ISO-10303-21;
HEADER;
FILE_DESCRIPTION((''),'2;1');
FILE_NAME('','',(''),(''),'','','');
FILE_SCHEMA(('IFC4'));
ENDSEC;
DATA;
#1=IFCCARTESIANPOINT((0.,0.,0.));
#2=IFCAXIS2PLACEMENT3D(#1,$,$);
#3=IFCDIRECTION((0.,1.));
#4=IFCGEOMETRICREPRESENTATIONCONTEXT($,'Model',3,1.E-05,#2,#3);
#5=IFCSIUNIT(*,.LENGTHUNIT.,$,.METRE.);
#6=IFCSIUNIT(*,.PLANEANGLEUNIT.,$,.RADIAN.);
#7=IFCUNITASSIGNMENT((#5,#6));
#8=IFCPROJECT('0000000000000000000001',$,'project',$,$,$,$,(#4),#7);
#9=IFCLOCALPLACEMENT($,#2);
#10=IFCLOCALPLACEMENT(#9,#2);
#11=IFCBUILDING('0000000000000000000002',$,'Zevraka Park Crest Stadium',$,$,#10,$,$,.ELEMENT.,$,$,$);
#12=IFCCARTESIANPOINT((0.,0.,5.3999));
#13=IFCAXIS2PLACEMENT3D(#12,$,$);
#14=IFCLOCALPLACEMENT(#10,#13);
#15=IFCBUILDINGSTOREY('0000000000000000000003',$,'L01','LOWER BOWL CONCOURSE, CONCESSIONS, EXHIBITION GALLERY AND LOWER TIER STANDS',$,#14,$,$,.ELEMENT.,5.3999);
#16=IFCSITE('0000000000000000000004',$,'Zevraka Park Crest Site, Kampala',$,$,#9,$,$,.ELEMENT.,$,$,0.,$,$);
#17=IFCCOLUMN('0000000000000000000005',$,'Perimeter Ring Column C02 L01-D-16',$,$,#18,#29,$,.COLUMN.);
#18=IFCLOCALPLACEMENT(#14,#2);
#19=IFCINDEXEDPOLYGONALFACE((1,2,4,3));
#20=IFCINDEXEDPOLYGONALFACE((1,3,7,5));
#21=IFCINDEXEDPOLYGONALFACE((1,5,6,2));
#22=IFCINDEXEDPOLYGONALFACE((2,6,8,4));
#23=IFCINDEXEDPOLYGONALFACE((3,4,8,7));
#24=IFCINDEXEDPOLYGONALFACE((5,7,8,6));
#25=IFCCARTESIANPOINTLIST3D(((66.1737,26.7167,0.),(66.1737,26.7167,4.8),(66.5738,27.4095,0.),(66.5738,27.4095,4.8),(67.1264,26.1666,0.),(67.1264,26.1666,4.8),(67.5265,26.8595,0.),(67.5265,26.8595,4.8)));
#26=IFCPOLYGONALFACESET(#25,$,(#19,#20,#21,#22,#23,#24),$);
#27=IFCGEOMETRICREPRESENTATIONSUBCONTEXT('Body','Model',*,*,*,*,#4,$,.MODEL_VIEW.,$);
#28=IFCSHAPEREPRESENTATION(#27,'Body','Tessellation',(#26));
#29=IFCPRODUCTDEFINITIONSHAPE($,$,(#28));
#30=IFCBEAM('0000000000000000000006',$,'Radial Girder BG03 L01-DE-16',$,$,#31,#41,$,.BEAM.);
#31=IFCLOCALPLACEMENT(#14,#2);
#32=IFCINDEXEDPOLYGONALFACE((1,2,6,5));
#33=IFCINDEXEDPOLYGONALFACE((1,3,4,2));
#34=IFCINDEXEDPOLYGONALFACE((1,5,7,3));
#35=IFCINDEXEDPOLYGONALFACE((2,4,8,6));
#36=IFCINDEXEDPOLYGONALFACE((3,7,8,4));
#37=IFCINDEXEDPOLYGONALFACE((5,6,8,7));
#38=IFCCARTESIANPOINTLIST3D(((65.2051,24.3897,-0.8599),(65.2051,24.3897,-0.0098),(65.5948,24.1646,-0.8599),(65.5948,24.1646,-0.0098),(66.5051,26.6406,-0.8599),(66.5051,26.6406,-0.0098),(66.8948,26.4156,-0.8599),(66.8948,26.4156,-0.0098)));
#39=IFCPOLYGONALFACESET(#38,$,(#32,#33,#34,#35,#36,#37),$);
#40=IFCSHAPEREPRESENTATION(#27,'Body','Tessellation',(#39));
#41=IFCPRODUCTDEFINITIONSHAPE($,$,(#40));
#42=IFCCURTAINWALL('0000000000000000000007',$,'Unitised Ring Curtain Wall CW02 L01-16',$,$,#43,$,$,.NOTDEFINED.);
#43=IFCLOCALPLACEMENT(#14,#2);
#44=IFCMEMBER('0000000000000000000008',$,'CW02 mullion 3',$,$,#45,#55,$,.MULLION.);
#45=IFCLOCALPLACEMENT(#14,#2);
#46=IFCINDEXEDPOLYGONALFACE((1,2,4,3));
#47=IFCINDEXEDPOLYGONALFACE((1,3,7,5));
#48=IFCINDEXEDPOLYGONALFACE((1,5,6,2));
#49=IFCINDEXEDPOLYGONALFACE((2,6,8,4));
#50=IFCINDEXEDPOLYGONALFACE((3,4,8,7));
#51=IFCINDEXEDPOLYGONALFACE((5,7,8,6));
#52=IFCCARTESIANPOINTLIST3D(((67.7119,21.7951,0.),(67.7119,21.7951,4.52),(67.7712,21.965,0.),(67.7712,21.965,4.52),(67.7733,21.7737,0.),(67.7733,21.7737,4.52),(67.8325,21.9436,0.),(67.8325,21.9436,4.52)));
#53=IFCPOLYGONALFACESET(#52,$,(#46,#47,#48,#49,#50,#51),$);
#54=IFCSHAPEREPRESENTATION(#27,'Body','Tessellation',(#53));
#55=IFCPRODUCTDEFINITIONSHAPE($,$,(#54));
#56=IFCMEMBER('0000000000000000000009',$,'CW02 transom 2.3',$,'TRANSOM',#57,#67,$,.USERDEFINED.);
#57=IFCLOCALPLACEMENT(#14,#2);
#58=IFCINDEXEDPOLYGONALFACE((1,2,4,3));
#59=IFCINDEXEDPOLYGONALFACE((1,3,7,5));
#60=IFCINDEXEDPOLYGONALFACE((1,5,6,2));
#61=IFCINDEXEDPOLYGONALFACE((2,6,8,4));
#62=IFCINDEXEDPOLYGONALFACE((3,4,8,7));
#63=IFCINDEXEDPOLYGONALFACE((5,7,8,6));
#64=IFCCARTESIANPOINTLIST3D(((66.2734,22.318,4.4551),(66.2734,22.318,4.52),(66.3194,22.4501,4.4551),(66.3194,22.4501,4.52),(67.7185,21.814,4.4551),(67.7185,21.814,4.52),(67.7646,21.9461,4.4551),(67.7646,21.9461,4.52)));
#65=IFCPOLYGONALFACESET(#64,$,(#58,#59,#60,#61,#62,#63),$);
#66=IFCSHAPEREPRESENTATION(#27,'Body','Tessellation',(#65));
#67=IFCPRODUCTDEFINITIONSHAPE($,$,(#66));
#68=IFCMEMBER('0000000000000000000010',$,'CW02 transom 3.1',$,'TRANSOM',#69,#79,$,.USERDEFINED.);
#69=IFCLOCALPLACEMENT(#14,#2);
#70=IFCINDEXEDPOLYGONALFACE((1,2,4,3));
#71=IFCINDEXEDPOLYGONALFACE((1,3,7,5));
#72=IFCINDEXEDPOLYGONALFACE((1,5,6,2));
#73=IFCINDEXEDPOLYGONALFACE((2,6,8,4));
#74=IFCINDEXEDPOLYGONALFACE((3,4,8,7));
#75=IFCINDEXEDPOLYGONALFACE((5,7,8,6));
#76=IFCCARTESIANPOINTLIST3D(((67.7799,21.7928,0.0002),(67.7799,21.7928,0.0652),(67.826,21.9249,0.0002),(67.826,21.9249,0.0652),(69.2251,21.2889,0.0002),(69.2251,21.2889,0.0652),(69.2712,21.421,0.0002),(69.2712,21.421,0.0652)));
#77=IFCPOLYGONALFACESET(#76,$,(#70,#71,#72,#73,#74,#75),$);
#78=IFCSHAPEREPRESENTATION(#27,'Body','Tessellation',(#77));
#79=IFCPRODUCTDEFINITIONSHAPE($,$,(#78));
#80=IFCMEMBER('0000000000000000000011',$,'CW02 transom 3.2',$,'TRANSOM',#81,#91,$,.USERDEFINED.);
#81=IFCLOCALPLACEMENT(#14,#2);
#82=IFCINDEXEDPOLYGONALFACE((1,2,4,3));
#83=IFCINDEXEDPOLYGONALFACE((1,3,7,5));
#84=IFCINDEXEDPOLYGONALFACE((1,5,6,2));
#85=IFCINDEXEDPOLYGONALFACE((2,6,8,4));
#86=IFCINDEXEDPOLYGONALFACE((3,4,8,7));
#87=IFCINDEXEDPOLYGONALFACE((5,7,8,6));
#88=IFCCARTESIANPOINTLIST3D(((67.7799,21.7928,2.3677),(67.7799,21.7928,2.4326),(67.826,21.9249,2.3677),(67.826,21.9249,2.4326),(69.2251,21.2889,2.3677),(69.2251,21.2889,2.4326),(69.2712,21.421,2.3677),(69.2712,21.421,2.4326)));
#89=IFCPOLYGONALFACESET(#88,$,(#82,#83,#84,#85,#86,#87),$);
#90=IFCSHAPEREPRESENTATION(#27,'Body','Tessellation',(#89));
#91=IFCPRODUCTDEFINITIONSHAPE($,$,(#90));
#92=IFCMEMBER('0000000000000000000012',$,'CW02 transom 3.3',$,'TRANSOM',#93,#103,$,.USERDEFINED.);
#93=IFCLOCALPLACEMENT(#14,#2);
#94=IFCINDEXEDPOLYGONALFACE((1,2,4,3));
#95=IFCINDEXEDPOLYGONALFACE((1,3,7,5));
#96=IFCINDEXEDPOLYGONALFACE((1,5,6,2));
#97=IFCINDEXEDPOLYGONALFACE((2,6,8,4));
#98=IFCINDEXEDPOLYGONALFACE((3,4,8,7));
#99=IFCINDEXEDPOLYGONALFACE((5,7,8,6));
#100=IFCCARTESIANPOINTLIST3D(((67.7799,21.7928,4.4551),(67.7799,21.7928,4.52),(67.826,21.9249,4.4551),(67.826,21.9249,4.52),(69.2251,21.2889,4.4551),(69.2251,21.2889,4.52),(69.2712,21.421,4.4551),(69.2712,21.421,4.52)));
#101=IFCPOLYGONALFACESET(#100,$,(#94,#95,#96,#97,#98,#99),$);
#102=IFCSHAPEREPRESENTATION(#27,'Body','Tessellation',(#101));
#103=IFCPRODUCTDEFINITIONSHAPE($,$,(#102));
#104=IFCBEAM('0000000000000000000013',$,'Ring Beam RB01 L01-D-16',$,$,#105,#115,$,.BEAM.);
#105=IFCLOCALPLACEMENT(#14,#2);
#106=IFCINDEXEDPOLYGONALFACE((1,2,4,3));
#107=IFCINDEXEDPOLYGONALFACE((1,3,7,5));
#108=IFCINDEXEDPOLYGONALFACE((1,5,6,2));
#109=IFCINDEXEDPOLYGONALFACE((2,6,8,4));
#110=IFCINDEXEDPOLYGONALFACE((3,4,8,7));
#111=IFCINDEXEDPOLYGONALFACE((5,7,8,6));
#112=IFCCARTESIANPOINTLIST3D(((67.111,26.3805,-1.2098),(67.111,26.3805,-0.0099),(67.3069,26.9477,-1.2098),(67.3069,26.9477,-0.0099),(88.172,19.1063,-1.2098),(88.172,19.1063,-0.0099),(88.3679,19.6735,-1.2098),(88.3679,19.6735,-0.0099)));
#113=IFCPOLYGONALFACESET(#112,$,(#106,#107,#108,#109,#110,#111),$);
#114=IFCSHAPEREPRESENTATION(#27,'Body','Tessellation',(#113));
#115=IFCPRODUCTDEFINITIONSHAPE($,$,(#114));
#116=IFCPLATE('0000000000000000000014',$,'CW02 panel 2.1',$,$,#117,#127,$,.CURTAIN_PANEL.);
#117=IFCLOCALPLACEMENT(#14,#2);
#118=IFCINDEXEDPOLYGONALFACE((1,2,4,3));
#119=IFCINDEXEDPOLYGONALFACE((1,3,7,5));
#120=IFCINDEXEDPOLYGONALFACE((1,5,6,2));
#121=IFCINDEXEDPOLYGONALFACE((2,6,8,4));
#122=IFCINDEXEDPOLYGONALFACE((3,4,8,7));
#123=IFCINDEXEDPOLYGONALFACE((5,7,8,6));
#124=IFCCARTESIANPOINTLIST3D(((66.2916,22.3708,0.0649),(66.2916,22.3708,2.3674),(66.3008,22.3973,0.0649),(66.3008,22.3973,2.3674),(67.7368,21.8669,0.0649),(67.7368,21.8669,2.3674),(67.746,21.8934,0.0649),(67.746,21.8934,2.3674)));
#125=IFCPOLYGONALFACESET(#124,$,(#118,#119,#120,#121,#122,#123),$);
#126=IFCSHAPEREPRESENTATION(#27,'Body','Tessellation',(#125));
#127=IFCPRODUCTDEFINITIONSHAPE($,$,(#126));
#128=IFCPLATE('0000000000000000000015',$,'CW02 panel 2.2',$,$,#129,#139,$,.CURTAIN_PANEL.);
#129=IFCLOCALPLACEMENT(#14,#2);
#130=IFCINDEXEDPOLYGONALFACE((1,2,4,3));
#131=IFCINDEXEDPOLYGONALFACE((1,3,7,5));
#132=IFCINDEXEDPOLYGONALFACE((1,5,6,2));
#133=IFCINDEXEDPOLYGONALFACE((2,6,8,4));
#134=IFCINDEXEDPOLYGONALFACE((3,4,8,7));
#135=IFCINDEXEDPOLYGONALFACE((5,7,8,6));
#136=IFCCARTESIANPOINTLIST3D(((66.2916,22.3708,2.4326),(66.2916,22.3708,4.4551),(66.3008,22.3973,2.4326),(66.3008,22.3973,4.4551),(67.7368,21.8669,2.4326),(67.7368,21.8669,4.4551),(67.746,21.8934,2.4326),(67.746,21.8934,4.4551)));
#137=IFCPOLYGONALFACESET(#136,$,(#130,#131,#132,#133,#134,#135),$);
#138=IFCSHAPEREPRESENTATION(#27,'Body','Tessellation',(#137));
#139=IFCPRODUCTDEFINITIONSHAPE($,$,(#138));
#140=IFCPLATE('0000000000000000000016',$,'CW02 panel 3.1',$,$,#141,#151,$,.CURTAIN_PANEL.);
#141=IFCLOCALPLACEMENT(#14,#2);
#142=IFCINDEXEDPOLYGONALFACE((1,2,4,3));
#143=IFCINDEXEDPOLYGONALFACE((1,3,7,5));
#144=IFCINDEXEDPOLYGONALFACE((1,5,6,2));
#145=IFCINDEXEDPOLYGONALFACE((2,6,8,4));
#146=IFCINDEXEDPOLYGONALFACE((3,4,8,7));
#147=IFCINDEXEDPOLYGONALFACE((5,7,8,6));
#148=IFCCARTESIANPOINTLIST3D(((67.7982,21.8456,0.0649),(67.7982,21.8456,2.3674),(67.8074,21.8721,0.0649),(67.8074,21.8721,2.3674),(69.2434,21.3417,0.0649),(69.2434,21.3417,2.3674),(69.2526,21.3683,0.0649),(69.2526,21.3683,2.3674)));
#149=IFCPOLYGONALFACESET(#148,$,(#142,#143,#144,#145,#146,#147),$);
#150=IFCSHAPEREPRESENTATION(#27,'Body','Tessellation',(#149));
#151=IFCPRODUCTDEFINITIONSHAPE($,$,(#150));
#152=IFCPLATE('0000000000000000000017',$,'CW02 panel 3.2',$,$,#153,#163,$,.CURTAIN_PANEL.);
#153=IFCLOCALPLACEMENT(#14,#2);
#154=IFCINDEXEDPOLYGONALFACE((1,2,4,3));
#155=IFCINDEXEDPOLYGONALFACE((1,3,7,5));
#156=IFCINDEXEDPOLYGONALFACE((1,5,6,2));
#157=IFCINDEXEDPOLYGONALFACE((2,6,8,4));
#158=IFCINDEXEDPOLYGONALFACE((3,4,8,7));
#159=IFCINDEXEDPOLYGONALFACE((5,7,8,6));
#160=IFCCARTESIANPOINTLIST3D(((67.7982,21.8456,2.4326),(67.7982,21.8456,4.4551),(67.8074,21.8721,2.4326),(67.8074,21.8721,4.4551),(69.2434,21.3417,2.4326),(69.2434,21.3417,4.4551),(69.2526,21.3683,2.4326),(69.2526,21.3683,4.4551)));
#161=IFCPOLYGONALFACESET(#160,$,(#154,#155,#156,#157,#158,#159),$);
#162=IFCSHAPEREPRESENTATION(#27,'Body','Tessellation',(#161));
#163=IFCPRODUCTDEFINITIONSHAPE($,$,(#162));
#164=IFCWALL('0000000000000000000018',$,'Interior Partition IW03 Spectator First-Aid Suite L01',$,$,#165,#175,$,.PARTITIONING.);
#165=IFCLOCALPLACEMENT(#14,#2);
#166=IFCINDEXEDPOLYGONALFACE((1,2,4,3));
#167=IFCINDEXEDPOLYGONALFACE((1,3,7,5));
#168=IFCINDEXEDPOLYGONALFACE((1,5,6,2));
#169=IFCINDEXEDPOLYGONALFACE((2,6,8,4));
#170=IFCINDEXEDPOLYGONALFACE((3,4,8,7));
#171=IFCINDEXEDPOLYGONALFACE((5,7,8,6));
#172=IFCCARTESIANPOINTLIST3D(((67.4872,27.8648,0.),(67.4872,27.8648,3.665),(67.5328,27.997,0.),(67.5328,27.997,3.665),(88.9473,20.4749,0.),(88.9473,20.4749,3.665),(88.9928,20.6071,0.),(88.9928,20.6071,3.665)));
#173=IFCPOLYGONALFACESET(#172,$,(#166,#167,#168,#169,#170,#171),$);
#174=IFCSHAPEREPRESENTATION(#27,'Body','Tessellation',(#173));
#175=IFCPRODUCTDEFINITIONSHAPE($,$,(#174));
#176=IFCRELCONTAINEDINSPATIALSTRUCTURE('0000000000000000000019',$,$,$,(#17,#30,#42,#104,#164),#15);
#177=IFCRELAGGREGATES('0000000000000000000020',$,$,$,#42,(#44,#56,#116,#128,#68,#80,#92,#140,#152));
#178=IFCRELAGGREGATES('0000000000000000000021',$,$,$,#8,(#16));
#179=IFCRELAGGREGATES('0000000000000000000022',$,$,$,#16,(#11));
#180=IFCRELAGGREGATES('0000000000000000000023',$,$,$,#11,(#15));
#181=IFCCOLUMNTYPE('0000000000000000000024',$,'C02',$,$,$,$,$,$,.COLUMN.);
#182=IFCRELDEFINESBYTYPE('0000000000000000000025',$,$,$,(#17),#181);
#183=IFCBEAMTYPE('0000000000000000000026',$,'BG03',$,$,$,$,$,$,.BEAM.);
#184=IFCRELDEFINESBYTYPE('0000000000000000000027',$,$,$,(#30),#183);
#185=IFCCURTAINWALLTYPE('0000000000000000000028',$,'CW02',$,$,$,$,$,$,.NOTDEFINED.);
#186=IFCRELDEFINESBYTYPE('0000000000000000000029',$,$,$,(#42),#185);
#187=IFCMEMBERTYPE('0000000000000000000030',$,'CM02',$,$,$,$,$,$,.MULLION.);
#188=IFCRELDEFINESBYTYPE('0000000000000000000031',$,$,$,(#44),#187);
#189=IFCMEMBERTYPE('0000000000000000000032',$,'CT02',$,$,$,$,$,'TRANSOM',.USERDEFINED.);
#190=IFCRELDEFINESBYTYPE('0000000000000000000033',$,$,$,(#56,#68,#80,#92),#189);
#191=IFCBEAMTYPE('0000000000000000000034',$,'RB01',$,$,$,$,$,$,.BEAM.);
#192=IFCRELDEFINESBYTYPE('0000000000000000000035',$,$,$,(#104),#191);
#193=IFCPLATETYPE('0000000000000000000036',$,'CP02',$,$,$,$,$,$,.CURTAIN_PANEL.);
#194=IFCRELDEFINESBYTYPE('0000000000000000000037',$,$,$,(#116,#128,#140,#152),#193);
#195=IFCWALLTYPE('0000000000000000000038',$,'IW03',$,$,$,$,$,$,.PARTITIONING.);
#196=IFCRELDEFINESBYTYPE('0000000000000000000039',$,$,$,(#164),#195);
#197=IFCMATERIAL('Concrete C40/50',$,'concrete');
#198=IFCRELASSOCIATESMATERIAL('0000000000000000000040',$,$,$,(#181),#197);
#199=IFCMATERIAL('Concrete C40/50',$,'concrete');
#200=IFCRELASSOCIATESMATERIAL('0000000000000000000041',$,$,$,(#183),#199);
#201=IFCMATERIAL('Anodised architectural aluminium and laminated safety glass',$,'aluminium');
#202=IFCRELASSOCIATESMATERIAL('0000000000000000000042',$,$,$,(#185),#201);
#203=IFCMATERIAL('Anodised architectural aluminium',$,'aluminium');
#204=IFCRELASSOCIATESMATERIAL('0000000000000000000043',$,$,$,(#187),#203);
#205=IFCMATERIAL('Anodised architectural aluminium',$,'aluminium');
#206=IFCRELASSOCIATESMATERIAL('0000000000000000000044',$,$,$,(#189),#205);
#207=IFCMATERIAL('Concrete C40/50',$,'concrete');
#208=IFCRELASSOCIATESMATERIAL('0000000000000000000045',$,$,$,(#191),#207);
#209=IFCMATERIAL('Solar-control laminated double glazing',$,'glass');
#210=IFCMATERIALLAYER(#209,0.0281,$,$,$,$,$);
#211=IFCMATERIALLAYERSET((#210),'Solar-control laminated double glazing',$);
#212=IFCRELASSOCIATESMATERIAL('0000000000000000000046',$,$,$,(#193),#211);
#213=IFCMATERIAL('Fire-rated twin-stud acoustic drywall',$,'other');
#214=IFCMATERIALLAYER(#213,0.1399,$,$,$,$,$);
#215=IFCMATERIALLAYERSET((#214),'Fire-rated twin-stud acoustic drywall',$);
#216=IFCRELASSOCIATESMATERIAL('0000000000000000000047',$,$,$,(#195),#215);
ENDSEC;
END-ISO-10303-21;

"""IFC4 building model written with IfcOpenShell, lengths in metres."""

from ifc_helpers import new_model, si_unit, direction, frame, frame_2d, origin, origin_2d, place, context, subcontext, project, spatial, rectangle, extrude, material, layer, layer_set, material_profile, profile_set, type_object, element, aggregate, save


model = new_model("IFC4")

# Units and contexts
model_context = context("Model", 3, precision=1e-05, world=origin(), true_north=direction((0.0, 1.0)))
body_context = subcontext(model_context, "Body", "Model", "MODEL_VIEW")
ifc_project = project(units=[si_unit("LENGTHUNIT", "METRE"), si_unit("PLANEANGLEUNIT", "RADIAN")], contexts=[model_context])

# Site, building, storey
site_placement = place(None, origin())
site = spatial("IfcSite", under=ifc_project, at=site_placement, Name="Zevraka Park Crest Site, Kampala", CompositionType="ELEMENT", RefElevation=0.0)
building_placement = place(site_placement, origin())
building = spatial("IfcBuilding", under=site, at=building_placement, Name="Zevraka Park Crest Stadium", CompositionType="ELEMENT")
storey_placement = place(building_placement, frame((0.0, 0.0, 5.3999)))
storey = spatial("IfcBuildingStorey", under=building, at=storey_placement, Name="L01", Description="LOWER BOWL CONCOURSE, CONCESSIONS, EXHIBITION GALLERY AND LOWER TIER STANDS", CompositionType="ELEMENT", Elevation=5.3999)

# Column
ifc_material_1 = material(Name="Concrete C40/50", Category="concrete")
ifc_material_profile_1 = material_profile(ifc_material_1, rectangle(XDim=0.8, YDim=1.1001, at=origin_2d()), Name="RC 1100x800")
ifc_profile_set_1 = profile_set([ifc_material_profile_1], Name="Concrete C40/50")
column_type = type_object("IfcColumnType", Name="C02", PredefinedType="COLUMN", material=ifc_profile_set_1)
column_placement = place(storey_placement, frame((66.8501, 26.7881, 0.0), z_axis=(0.0, 0.0, 1.0), x_axis=(0.5, 0.866025, 0.0)))
element("IfcColumn", 1, at=column_placement, inside=storey, type_object=column_type, Name="Perimeter Ring Column C02 L01-D-16", PredefinedType="COLUMN", context=body_context, shape_type="SweptSolid", body=[
    extrude(rectangle(XDim=0.8, YDim=1.1001, at=origin_2d()), origin(), (0.0, 0.0, 1.0), 4.8),
])

# Beam
ifc_material_2 = material(Name="Concrete C40/50", Category="concrete")
ifc_material_profile_2 = material_profile(ifc_material_2, rectangle(XDim=0.45, YDim=0.8501, at=origin_2d()), Name="RC 850x450")
ifc_profile_set_2 = profile_set([ifc_material_profile_2], Name="Concrete C40/50")
beam_type_1 = type_object("IfcBeamType", Name="BG03", PredefinedType="BEAM", material=ifc_profile_set_2)
beam_1_placement = place(storey_placement, frame((66.7, 26.5281, -0.4348), z_axis=(-0.500129, -0.865951, 0.0), x_axis=(0.865951, -0.500129, 0.0)))
element("IfcBeam", 2, at=beam_1_placement, inside=storey, type_object=beam_type_1, Name="Radial Girder BG03 L01-DE-16", PredefinedType="BEAM", context=body_context, shape_type="SweptSolid", body=[
    extrude(rectangle(XDim=0.45, YDim=0.8501, at=origin_2d()), origin(), (0.0, 0.0, 1.0), 2.5994),
])

# Curtain wall, members
ifc_material_3 = material(Name="Anodised architectural aluminium and laminated safety glass", Category="aluminium")
curtain_wall_type = type_object("IfcCurtainWallType", Name="CW02", PredefinedType="NOTDEFINED", material=ifc_material_3)
curtain_wall_placement = place(storey_placement, origin())
curtain_wall = element("IfcCurtainWall", 3, at=curtain_wall_placement, inside=storey, type_object=curtain_wall_type, Name="Unitised Ring Curtain Wall CW02 L01-16", PredefinedType="NOTDEFINED")
ifc_material_4 = material(Name="Anodised architectural aluminium", Category="aluminium")
ifc_material_profile_3 = material_profile(ifc_material_4, rectangle(XDim=0.1799, YDim=0.0649, at=origin_2d()), Name="ALU MULLION 180x65")
ifc_profile_set_3 = profile_set([ifc_material_profile_3], Name="Anodised architectural aluminium")
member_type_1 = type_object("IfcMemberType", Name="CM02", PredefinedType="MULLION", material=ifc_profile_set_3)
member_1_placement = place(storey_placement, frame((67.7722, 21.8694, 0.0), z_axis=(0.0, 0.0, 1.0), x_axis=(0.329209, 0.944257, 0.0)))
member_1 = element("IfcMember", 4, at=member_1_placement, type_object=member_type_1, Name="CW02 mullion 3", PredefinedType="MULLION", context=body_context, shape_type="SweptSolid", body=[
    extrude(rectangle(XDim=0.1799, YDim=0.0649, at=origin_2d()), origin(), (0.0, 0.0, 1.0), 4.52),
])
ifc_material_5 = material(Name="Anodised architectural aluminium", Category="aluminium")
ifc_material_profile_4 = material_profile(ifc_material_5, rectangle(XDim=0.1399, YDim=0.0649, at=origin_2d()), Name="ALU TRANSOM 140x65")
ifc_profile_set_4 = profile_set([ifc_material_profile_4], Name="Anodised architectural aluminium")
member_type_2 = type_object("IfcMemberType", Name="CT02", ElementType="TRANSOM", PredefinedType="USERDEFINED", material=ifc_profile_set_4)
member_2_placement = place(storey_placement, frame((66.2964, 22.384, 4.4875), z_axis=(0.944238, -0.329263, 0.0), x_axis=(0.329263, 0.944238, 0.0)))
member_2 = element("IfcMember", 5, at=member_2_placement, type_object=member_type_2, Name="CW02 transom 2.3", ObjectType="TRANSOM", PredefinedType="USERDEFINED", context=body_context, shape_type="SweptSolid", body=[
    extrude(rectangle(XDim=0.1399, YDim=0.0649, at=origin_2d()), origin(), (0.0, 0.0, 1.0), 1.5305),
])
member_3_placement = place(storey_placement, frame((67.803, 21.8589, 0.0327), z_axis=(0.944238, -0.329263, 0.0), x_axis=(0.329263, 0.944238, 0.0)))
member_3 = element("IfcMember", 6, at=member_3_placement, type_object=member_type_2, Name="CW02 transom 3.1", ObjectType="TRANSOM", PredefinedType="USERDEFINED", context=body_context, shape_type="SweptSolid", body=[
    extrude(rectangle(XDim=0.1399, YDim=0.0649, at=origin_2d()), origin(), (0.0, 0.0, 1.0), 1.5305),
])
member_4_placement = place(storey_placement, frame((67.803, 21.8589, 2.4001), z_axis=(0.944238, -0.329263, 0.0), x_axis=(0.329263, 0.944238, 0.0)))
member_4 = element("IfcMember", 7, at=member_4_placement, type_object=member_type_2, Name="CW02 transom 3.2", ObjectType="TRANSOM", PredefinedType="USERDEFINED", context=body_context, shape_type="SweptSolid", body=[
    extrude(rectangle(XDim=0.1399, YDim=0.0649, at=origin_2d()), origin(), (0.0, 0.0, 1.0), 1.5305),
])
member_5_placement = place(storey_placement, frame((67.803, 21.8589, 4.4875), z_axis=(0.944238, -0.329263, 0.0), x_axis=(0.329263, 0.944238, 0.0)))
member_5 = element("IfcMember", 8, at=member_5_placement, type_object=member_type_2, Name="CW02 transom 3.3", ObjectType="TRANSOM", PredefinedType="USERDEFINED", context=body_context, shape_type="SweptSolid", body=[
    extrude(rectangle(XDim=0.1399, YDim=0.0649, at=origin_2d()), origin(), (0.0, 0.0, 1.0), 1.5305),
])

# Beam
ifc_material_6 = material(Name="Concrete C40/50", Category="concrete")
ifc_material_profile_5 = material_profile(ifc_material_6, rectangle(XDim=0.6001, YDim=1.2, at=origin_2d()), Name="RC 1200x600")
ifc_profile_set_5 = profile_set([ifc_material_profile_5], Name="Concrete C40/50")
beam_type_2 = type_object("IfcBeamType", Name="RB01", PredefinedType="BEAM", material=ifc_profile_set_5)
beam_2_placement = place(storey_placement, frame((67.209, 26.6641, -0.6099), z_axis=(0.94521, -0.326462, 0.0), x_axis=(0.326462, 0.94521, 0.0)))
element("IfcBeam", 9, at=beam_2_placement, inside=storey, type_object=beam_type_2, Name="Ring Beam RB01 L01-D-16", PredefinedType="BEAM", context=body_context, shape_type="SweptSolid", body=[
    extrude(rectangle(XDim=0.6001, YDim=1.2, at=origin_2d()), origin(), (0.0, 0.0, 1.0), 22.2817),
])

# Plates
ifc_material_7 = material(Name="Solar-control laminated double glazing", Category="glass")
ifc_layer_1 = layer(ifc_material_7, 0.0281)
ifc_layer_set_1 = layer_set([ifc_layer_1], Name="Solar-control laminated double glazing")
plate_type = type_object("IfcPlateType", Name="CP02", PredefinedType="CURTAIN_PANEL", material=ifc_layer_set_1)
plate_1_placement = place(storey_placement, frame((67.0188, 22.1321, 0.0649), z_axis=(0.0, 0.0, 1.0), x_axis=(0.944257, -0.329209, 0.0)))
plate_1 = element("IfcPlate", 10, at=plate_1_placement, type_object=plate_type, Name="CW02 panel 2.1", PredefinedType="CURTAIN_PANEL", context=body_context, shape_type="SweptSolid", body=[
    extrude(rectangle(XDim=1.5305, YDim=0.0281, at=origin_2d()), origin(), (0.0, 0.0, 1.0), 2.3025),
])
plate_2_placement = place(storey_placement, frame((67.0188, 22.1321, 2.4326), z_axis=(0.0, 0.0, 1.0), x_axis=(0.944257, -0.329209, 0.0)))
plate_2 = element("IfcPlate", 11, at=plate_2_placement, type_object=plate_type, Name="CW02 panel 2.2", PredefinedType="CURTAIN_PANEL", context=body_context, shape_type="SweptSolid", body=[
    extrude(rectangle(XDim=1.5305, YDim=0.0281, at=origin_2d()), origin(), (0.0, 0.0, 1.0), 2.0225),
])
plate_3_placement = place(storey_placement, frame((68.5254, 21.6069, 0.0649), z_axis=(0.0, 0.0, 1.0), x_axis=(0.944257, -0.329209, 0.0)))
plate_3 = element("IfcPlate", 12, at=plate_3_placement, type_object=plate_type, Name="CW02 panel 3.1", PredefinedType="CURTAIN_PANEL", context=body_context, shape_type="SweptSolid", body=[
    extrude(rectangle(XDim=1.5305, YDim=0.0281, at=origin_2d()), origin(), (0.0, 0.0, 1.0), 2.3025),
])
plate_4_placement = place(storey_placement, frame((68.5254, 21.6069, 2.4326), z_axis=(0.0, 0.0, 1.0), x_axis=(0.944257, -0.329209, 0.0)))
plate_4 = element("IfcPlate", 13, at=plate_4_placement, type_object=plate_type, Name="CW02 panel 3.2", PredefinedType="CURTAIN_PANEL", context=body_context, shape_type="SweptSolid", body=[
    extrude(rectangle(XDim=1.5305, YDim=0.0281, at=origin_2d()), origin(), (0.0, 0.0, 1.0), 2.0225),
])
aggregate(curtain_wall, [member_1, member_2, plate_1, plate_2, member_3, member_4, member_5, plate_3, plate_4])

# Wall
ifc_material_8 = material(Name="Fire-rated twin-stud acoustic drywall", Category="other")
ifc_layer_2 = layer(ifc_material_8, 0.1399)
ifc_layer_set_2 = layer_set([ifc_layer_2], Name="Fire-rated twin-stud acoustic drywall")
wall_type_1 = type_object("IfcWallType", Name="IW03", PredefinedType="PARTITIONING", material=ifc_layer_set_2)
wall_1_placement = place(storey_placement, frame((67.51, 27.9309, 0.0), z_axis=(0.0, 0.0, 1.0), x_axis=(0.94551, -0.325593, 0.0)))
element("IfcWall", 14, at=wall_1_placement, inside=storey, type_object=wall_type_1, Name="Interior Partition IW03 Spectator First-Aid Suite L01", PredefinedType="PARTITIONING", context=body_context, shape_type="SweptSolid", body=[
    extrude(rectangle(XDim=22.6968, YDim=0.1399, at=frame_2d((11.3484, 0.0))), origin(), (0.0, 0.0, 1.0), 3.665),
])

save(model, "model.ifc")
